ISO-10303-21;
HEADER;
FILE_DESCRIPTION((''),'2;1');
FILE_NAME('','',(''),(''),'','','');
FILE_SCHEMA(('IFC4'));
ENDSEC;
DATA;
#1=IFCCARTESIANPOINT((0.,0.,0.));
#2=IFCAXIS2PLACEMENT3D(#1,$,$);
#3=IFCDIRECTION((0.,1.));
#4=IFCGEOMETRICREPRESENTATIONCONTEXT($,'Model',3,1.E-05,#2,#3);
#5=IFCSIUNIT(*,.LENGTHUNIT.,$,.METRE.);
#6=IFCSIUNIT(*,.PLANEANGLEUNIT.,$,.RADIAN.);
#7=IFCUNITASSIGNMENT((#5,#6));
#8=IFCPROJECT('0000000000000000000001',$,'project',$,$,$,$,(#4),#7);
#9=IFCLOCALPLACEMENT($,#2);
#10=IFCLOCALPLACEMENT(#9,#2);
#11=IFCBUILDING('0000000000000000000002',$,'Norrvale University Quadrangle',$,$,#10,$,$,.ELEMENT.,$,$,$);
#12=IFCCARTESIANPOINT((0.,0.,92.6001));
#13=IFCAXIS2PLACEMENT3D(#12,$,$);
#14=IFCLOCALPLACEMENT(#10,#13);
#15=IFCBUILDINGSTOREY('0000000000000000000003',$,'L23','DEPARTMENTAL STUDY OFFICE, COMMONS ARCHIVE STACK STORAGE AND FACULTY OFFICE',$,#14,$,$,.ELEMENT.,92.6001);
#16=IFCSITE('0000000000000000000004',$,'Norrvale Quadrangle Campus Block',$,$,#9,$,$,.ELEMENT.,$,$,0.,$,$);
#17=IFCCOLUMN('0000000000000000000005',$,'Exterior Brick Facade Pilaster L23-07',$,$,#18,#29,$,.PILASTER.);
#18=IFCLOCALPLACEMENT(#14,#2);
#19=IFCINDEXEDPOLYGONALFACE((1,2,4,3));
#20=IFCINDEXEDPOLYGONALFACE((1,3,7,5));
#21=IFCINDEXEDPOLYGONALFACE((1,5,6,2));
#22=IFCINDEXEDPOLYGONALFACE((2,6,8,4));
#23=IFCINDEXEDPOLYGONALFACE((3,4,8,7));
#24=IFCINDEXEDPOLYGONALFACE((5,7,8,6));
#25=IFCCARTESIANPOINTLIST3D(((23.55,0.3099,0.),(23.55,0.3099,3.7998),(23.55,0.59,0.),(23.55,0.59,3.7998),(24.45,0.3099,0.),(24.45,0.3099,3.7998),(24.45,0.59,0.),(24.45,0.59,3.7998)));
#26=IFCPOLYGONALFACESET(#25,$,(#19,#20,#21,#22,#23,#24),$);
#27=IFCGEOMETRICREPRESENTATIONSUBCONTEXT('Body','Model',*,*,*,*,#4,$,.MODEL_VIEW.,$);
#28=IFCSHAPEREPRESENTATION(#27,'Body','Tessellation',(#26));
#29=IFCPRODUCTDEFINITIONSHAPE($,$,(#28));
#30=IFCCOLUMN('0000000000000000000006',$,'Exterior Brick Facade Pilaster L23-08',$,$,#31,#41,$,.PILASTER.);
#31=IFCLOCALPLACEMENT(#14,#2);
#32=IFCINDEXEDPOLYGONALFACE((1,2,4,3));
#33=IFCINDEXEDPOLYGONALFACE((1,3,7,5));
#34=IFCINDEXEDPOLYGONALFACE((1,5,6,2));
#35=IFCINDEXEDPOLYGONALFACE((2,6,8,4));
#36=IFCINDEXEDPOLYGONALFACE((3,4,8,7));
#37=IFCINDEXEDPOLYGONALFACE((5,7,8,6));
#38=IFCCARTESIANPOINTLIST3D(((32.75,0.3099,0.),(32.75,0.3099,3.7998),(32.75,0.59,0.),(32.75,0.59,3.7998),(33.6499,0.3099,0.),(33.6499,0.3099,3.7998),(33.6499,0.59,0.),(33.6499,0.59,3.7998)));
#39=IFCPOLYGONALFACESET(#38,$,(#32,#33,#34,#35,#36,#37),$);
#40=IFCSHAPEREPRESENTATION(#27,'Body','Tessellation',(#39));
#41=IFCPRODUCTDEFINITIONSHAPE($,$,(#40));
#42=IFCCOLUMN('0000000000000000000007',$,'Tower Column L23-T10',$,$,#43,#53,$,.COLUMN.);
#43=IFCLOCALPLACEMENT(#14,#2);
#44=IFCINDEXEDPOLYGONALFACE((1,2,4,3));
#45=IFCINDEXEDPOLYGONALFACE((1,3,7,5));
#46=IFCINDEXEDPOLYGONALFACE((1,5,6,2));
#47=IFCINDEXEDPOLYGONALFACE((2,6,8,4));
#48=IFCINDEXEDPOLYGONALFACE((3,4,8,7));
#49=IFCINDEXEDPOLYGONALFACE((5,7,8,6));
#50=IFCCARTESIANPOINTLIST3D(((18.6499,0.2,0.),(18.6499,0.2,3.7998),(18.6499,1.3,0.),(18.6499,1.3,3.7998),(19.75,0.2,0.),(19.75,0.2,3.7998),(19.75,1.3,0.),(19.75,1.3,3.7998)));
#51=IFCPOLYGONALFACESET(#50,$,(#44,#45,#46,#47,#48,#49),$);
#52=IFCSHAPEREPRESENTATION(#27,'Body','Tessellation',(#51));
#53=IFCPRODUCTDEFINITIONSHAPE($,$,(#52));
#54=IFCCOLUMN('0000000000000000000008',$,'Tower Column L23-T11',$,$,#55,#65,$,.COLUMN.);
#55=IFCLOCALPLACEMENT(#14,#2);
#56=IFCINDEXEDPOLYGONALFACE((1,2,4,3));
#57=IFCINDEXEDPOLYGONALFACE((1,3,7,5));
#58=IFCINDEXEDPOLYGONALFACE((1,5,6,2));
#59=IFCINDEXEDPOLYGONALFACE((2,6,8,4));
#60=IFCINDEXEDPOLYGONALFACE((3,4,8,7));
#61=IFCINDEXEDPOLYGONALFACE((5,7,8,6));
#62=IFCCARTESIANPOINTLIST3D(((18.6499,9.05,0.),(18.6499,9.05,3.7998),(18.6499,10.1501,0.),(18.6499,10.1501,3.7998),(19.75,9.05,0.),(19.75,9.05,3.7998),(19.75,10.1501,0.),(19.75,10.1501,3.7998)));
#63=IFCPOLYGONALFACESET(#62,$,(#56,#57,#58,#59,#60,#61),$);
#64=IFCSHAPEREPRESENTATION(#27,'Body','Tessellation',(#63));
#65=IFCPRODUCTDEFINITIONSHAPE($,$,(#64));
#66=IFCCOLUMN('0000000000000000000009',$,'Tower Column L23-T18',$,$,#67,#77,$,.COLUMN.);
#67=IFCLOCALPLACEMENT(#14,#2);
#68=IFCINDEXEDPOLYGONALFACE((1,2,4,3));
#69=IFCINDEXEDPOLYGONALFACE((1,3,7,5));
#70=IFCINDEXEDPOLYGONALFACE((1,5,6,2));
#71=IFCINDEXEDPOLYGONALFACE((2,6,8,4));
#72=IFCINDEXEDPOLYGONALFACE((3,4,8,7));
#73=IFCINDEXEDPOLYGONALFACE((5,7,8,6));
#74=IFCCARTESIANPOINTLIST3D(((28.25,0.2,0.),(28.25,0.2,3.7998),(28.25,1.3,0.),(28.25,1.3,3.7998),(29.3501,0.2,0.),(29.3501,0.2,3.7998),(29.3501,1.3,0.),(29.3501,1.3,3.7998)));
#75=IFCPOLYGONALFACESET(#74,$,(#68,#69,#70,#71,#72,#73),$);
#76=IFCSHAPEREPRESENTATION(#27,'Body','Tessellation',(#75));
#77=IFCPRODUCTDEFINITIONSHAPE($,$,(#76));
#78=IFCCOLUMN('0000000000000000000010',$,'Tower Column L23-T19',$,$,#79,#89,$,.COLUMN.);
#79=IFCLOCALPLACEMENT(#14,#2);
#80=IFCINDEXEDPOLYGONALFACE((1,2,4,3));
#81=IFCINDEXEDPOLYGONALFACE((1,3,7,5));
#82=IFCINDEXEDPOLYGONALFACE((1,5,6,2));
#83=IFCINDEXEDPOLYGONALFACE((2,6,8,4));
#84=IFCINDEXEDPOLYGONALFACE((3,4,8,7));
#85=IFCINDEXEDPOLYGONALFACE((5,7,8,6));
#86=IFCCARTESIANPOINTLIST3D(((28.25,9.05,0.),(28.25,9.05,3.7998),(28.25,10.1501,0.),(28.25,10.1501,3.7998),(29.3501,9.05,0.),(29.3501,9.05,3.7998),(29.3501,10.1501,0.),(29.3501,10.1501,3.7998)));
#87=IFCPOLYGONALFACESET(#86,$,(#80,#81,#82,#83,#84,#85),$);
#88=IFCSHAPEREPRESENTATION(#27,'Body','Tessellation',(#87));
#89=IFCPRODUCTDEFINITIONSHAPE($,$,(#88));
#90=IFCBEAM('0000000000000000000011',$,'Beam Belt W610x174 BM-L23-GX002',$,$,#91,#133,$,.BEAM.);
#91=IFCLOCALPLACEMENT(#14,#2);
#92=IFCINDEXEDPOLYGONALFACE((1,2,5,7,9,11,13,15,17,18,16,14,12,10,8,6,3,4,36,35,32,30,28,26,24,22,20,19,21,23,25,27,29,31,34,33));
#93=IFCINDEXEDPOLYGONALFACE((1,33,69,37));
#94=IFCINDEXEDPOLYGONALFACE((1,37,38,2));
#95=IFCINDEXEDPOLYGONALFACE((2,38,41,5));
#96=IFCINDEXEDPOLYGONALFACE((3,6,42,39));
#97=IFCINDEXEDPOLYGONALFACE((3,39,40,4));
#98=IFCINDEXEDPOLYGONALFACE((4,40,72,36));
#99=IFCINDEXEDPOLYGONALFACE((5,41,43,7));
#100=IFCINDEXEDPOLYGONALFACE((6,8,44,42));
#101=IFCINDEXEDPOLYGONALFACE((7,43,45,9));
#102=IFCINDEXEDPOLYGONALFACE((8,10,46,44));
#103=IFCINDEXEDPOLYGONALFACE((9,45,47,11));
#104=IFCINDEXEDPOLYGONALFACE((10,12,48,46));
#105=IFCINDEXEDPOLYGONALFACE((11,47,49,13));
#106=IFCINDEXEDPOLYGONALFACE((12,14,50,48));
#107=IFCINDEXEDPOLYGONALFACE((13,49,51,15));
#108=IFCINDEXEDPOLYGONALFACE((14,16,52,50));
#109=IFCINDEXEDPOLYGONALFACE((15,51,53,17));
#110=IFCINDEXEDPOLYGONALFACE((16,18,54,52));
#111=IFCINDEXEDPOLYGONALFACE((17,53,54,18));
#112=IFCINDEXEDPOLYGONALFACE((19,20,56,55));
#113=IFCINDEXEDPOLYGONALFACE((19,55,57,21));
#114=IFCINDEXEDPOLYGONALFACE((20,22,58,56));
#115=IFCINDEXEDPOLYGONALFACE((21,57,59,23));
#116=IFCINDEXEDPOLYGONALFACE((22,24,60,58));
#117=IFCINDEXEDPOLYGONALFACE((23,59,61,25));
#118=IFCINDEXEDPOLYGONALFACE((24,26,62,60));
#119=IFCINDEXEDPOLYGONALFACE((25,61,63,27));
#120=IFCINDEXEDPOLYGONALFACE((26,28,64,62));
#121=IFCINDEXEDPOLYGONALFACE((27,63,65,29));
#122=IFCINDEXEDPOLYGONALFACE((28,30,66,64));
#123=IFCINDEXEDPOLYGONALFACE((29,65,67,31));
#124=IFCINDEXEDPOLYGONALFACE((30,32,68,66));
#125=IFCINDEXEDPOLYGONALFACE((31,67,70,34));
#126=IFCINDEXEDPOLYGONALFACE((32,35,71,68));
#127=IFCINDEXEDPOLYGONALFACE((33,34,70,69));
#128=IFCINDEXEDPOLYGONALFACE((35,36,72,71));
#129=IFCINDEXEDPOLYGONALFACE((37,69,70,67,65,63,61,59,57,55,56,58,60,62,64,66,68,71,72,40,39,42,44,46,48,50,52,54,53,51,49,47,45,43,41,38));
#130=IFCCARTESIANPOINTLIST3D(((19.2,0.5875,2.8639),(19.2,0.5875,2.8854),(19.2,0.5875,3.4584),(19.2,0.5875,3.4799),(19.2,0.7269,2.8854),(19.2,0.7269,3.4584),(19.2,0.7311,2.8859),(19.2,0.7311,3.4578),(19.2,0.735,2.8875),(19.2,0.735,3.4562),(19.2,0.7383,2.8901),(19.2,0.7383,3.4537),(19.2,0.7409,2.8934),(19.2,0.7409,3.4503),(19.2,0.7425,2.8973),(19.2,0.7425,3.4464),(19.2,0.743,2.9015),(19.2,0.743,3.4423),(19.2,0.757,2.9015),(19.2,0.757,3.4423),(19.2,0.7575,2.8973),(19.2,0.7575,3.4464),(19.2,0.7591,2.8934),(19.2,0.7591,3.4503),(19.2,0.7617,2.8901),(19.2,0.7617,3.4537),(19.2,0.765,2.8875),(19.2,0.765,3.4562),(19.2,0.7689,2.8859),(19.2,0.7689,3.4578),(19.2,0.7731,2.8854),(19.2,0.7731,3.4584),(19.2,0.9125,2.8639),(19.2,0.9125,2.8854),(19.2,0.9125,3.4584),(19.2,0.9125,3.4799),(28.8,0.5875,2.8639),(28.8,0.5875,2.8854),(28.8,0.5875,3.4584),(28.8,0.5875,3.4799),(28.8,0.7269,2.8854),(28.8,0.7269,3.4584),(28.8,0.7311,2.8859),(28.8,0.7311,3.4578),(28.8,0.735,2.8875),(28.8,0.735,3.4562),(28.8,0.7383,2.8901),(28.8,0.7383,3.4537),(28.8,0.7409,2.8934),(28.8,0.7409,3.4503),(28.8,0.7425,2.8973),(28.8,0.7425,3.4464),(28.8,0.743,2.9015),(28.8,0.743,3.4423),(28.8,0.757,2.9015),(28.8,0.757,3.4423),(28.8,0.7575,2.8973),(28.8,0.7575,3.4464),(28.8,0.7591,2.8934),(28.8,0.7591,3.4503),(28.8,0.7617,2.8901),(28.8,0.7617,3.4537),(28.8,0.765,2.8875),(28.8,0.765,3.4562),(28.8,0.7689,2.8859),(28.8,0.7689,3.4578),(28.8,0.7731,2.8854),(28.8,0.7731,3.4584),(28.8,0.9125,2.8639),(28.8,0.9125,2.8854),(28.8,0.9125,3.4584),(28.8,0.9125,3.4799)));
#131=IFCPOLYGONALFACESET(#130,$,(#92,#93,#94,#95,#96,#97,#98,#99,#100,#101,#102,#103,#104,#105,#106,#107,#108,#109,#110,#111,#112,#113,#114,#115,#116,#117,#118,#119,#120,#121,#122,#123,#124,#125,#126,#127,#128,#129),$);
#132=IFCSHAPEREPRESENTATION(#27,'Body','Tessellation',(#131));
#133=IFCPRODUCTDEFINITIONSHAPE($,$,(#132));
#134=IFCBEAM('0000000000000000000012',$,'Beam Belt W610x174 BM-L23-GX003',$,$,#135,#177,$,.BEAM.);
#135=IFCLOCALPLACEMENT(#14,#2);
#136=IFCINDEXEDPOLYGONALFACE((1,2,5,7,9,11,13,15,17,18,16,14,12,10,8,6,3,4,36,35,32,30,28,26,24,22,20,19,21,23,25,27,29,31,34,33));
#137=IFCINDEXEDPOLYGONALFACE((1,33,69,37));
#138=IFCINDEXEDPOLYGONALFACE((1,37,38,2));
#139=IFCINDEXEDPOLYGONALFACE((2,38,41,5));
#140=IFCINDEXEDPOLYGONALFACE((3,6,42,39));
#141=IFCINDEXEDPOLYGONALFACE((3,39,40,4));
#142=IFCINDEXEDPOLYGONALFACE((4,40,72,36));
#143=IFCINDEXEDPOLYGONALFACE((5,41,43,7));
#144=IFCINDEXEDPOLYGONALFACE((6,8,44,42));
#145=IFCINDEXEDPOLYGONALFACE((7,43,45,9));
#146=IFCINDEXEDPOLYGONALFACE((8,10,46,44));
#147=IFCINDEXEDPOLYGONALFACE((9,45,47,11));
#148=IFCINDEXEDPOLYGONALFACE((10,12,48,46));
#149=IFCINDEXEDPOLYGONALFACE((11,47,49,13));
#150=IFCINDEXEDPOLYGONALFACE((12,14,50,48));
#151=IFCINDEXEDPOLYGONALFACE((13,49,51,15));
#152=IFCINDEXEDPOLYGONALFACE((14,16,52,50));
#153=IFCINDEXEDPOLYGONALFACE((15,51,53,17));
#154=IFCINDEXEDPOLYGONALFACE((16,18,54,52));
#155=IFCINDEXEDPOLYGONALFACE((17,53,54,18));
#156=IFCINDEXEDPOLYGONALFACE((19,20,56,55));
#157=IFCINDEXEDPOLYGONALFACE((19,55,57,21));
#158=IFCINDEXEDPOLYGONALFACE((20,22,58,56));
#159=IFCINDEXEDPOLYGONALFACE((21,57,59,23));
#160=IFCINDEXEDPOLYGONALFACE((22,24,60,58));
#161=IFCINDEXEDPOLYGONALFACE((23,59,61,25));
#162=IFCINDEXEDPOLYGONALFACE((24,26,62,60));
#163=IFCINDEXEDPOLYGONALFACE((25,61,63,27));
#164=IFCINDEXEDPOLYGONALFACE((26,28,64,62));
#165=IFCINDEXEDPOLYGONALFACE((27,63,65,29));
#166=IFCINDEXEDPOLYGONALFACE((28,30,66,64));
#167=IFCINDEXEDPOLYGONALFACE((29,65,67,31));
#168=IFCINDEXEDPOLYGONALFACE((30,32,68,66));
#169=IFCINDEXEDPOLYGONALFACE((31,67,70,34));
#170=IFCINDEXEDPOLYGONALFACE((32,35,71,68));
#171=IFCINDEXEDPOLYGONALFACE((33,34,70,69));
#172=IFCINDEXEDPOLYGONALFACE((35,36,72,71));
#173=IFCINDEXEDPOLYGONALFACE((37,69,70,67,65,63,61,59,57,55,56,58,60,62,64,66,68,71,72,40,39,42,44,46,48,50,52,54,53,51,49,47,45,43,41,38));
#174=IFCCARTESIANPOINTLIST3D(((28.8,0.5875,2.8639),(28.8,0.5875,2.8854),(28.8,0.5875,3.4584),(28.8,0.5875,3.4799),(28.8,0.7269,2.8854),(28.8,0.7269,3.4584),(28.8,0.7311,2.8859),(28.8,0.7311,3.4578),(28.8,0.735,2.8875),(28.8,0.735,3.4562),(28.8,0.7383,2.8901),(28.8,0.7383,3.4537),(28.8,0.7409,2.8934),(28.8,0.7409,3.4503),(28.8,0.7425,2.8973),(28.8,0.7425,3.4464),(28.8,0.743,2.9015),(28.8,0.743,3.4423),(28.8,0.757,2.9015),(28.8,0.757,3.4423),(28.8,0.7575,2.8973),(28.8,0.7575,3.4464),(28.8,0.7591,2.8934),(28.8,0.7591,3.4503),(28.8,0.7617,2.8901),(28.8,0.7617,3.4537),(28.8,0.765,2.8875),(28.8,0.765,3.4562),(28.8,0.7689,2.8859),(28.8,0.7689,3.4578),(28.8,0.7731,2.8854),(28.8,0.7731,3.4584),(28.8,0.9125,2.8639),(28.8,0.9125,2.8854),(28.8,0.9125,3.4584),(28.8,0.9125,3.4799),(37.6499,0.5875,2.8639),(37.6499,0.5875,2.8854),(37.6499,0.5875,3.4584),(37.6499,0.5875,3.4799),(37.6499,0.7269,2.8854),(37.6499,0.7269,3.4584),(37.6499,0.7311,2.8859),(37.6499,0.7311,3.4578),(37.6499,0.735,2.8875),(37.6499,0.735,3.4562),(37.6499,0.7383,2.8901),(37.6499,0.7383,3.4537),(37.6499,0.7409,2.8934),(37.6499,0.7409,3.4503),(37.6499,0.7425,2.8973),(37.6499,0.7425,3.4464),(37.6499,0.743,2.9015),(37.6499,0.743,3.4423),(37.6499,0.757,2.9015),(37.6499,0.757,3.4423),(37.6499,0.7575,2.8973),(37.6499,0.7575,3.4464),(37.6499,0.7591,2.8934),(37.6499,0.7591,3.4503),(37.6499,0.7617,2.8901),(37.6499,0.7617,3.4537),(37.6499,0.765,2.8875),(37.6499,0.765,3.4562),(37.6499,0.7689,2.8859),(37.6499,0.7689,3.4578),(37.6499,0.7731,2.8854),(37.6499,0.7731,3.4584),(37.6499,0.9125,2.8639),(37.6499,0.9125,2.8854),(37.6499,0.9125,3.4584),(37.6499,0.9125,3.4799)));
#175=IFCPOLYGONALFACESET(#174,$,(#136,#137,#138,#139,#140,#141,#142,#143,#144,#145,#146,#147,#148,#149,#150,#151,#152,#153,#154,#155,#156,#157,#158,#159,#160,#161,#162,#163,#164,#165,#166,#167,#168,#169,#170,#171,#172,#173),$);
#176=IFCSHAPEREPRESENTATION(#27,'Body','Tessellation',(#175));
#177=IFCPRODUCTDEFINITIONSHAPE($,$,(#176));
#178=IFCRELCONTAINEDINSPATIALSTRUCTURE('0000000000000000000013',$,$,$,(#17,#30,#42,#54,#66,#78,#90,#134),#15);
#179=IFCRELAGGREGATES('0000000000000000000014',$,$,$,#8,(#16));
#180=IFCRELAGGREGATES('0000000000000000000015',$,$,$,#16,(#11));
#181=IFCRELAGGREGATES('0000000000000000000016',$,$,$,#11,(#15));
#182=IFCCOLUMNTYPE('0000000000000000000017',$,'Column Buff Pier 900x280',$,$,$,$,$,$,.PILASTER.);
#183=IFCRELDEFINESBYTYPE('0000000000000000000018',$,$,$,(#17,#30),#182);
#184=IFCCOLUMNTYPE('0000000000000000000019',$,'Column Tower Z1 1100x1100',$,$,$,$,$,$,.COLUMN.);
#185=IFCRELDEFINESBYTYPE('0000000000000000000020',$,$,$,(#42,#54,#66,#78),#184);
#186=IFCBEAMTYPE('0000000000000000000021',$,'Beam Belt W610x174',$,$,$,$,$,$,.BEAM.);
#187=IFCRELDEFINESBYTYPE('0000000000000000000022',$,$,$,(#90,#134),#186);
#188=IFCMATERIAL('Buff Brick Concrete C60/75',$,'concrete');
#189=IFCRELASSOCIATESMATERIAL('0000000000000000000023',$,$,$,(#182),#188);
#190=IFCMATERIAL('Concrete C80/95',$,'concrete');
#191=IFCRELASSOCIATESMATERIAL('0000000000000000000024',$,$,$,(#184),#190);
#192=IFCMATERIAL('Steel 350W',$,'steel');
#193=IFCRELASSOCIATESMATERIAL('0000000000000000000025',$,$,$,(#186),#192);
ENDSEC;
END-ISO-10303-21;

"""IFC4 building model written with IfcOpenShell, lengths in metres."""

from ifc_helpers import new_model, si_unit, direction, frame, origin, origin_2d, place, context, subcontext, project, spatial, rectangle, i_section, extrude, material, material_profile, profile_set, type_object, element, save


model = new_model("IFC4")

# Units and contexts
model_context = context("Model", 3, precision=1e-05, world=origin(), true_north=direction((0.0, 1.0)))
body_context = subcontext(model_context, "Body", "Model", "MODEL_VIEW")
ifc_project = project(units=[si_unit("LENGTHUNIT", "METRE"), si_unit("PLANEANGLEUNIT", "RADIAN")], contexts=[model_context])

# Site, building, storey
site_placement = place(None, origin())
site = spatial("IfcSite", under=ifc_project, at=site_placement, Name="Norrvale Quadrangle Campus Block", CompositionType="ELEMENT", RefElevation=0.0)
building_placement = place(site_placement, origin())
building = spatial("IfcBuilding", under=site, at=building_placement, Name="Norrvale University Quadrangle", CompositionType="ELEMENT")
storey_placement = place(building_placement, frame((0.0, 0.0, 92.6001)))
storey = spatial("IfcBuildingStorey", under=building, at=storey_placement, Name="L23", Description="DEPARTMENTAL STUDY OFFICE, COMMONS ARCHIVE STACK STORAGE AND FACULTY OFFICE", CompositionType="ELEMENT", Elevation=92.6001)

# Columns
ifc_material_1 = material(Name="Buff Brick Concrete C60/75", Category="concrete")
ifc_material_profile_1 = material_profile(ifc_material_1, rectangle(XDim=0.8999, YDim=0.28, at=origin_2d()), Name="Buff Brick Concrete C60/75")
ifc_profile_set_1 = profile_set([ifc_material_profile_1], Name="Buff Brick Concrete C60/75")
column_type_1 = type_object("IfcColumnType", Name="Column Buff Pier 900x280", PredefinedType="PILASTER", material=ifc_profile_set_1)
for number, where, z_axis, x_axis, name in (
    (1, (24.0, 0.45, 0.0), (0.0, 0.0, 1.0), (1.0, 0.0, 0.0), "Exterior Brick Facade Pilaster L23-07"),
    (2, (33.2, 0.45, 0.0), (0.0, 0.0, 1.0), (1.0, 0.0, 0.0), "Exterior Brick Facade Pilaster L23-08"),
):
    element("IfcColumn", number, at=place(storey_placement, frame(where, z_axis=z_axis, x_axis=x_axis)), inside=storey, type_object=column_type_1, Name=name, PredefinedType="PILASTER", context=body_context, shape_type="SweptSolid", body=[
        extrude(rectangle(XDim=0.8999, YDim=0.28, at=origin_2d()), origin(), (0.0, 0.0, 1.0), 3.7998),
    ])
ifc_material_2 = material(Name="Concrete C80/95", Category="concrete")
ifc_material_profile_2 = material_profile(ifc_material_2, rectangle(XDim=1.1001, YDim=1.1001, at=origin_2d()), Name="Concrete C80/95")
ifc_profile_set_2 = profile_set([ifc_material_profile_2], Name="Concrete C80/95")
column_type_2 = type_object("IfcColumnType", Name="Column Tower Z1 1100x1100", PredefinedType="COLUMN", material=ifc_profile_set_2)
for number, where, z_axis, x_axis, name in (
    (3, (19.2, 0.75, 0.0), (0.0, 0.0, 1.0), (1.0, 0.0, 0.0), "Tower Column L23-T10"),
    (4, (19.2, 9.6001, 0.0), (0.0, 0.0, 1.0), (1.0, 0.0, 0.0), "Tower Column L23-T11"),
    (5, (28.8, 0.75, 0.0), (0.0, 0.0, 1.0), (1.0, 0.0, 0.0), "Tower Column L23-T18"),
    (6, (28.8, 9.6001, 0.0), (0.0, 0.0, 1.0), (1.0, 0.0, 0.0), "Tower Column L23-T19"),
):
    element("IfcColumn", number, at=place(storey_placement, frame(where, z_axis=z_axis, x_axis=x_axis)), inside=storey, type_object=column_type_2, Name=name, PredefinedType="COLUMN", context=body_context, shape_type="SweptSolid", body=[
        extrude(rectangle(XDim=1.1001, YDim=1.1001, at=origin_2d()), origin(), (0.0, 0.0, 1.0), 3.7998),
    ])

# Beams
ifc_material_3 = material(Name="Steel 350W", Category="steel")
ifc_material_profile_3 = material_profile(ifc_material_3, i_section(OverallWidth=0.325, OverallDepth=0.616, WebThickness=0.0139, FlangeThickness=0.0215, FilletRadius=0.0161, at=origin_2d()), Name="Steel 350W")
ifc_profile_set_3 = profile_set([ifc_material_profile_3], Name="Steel 350W")
beam_type_1 = type_object("IfcBeamType", Name="Beam Belt W610x174", PredefinedType="BEAM", material=ifc_profile_set_3)
beam_1_placement = place(storey_placement, frame((19.2, 0.75, 3.1719), z_axis=(1.0, 0.0, 0.0), x_axis=(0.0, 1.0, 0.0)))
element("IfcBeam", 7, at=beam_1_placement, inside=storey, type_object=beam_type_1, Name="Beam Belt W610x174 BM-L23-GX002", PredefinedType="BEAM", context=body_context, shape_type="SweptSolid", body=[
    extrude(i_section(OverallWidth=0.325, OverallDepth=0.616, WebThickness=0.0139, FlangeThickness=0.0215, FilletRadius=0.0161, at=origin_2d()), origin(), (0.0, 0.0, 1.0), 9.6001),
])
beam_2_placement = place(storey_placement, frame((28.8, 0.75, 3.1719), z_axis=(1.0, 0.0, 0.0), x_axis=(0.0, 1.0, 0.0)))
element("IfcBeam", 8, at=beam_2_placement, inside=storey, type_object=beam_type_1, Name="Beam Belt W610x174 BM-L23-GX003", PredefinedType="BEAM", context=body_context, shape_type="SweptSolid", body=[
    extrude(i_section(OverallWidth=0.325, OverallDepth=0.616, WebThickness=0.0139, FlangeThickness=0.0215, FilletRadius=0.0161, at=origin_2d()), origin(), (0.0, 0.0, 1.0), 8.8499),
])

save(model, "model.ifc")
